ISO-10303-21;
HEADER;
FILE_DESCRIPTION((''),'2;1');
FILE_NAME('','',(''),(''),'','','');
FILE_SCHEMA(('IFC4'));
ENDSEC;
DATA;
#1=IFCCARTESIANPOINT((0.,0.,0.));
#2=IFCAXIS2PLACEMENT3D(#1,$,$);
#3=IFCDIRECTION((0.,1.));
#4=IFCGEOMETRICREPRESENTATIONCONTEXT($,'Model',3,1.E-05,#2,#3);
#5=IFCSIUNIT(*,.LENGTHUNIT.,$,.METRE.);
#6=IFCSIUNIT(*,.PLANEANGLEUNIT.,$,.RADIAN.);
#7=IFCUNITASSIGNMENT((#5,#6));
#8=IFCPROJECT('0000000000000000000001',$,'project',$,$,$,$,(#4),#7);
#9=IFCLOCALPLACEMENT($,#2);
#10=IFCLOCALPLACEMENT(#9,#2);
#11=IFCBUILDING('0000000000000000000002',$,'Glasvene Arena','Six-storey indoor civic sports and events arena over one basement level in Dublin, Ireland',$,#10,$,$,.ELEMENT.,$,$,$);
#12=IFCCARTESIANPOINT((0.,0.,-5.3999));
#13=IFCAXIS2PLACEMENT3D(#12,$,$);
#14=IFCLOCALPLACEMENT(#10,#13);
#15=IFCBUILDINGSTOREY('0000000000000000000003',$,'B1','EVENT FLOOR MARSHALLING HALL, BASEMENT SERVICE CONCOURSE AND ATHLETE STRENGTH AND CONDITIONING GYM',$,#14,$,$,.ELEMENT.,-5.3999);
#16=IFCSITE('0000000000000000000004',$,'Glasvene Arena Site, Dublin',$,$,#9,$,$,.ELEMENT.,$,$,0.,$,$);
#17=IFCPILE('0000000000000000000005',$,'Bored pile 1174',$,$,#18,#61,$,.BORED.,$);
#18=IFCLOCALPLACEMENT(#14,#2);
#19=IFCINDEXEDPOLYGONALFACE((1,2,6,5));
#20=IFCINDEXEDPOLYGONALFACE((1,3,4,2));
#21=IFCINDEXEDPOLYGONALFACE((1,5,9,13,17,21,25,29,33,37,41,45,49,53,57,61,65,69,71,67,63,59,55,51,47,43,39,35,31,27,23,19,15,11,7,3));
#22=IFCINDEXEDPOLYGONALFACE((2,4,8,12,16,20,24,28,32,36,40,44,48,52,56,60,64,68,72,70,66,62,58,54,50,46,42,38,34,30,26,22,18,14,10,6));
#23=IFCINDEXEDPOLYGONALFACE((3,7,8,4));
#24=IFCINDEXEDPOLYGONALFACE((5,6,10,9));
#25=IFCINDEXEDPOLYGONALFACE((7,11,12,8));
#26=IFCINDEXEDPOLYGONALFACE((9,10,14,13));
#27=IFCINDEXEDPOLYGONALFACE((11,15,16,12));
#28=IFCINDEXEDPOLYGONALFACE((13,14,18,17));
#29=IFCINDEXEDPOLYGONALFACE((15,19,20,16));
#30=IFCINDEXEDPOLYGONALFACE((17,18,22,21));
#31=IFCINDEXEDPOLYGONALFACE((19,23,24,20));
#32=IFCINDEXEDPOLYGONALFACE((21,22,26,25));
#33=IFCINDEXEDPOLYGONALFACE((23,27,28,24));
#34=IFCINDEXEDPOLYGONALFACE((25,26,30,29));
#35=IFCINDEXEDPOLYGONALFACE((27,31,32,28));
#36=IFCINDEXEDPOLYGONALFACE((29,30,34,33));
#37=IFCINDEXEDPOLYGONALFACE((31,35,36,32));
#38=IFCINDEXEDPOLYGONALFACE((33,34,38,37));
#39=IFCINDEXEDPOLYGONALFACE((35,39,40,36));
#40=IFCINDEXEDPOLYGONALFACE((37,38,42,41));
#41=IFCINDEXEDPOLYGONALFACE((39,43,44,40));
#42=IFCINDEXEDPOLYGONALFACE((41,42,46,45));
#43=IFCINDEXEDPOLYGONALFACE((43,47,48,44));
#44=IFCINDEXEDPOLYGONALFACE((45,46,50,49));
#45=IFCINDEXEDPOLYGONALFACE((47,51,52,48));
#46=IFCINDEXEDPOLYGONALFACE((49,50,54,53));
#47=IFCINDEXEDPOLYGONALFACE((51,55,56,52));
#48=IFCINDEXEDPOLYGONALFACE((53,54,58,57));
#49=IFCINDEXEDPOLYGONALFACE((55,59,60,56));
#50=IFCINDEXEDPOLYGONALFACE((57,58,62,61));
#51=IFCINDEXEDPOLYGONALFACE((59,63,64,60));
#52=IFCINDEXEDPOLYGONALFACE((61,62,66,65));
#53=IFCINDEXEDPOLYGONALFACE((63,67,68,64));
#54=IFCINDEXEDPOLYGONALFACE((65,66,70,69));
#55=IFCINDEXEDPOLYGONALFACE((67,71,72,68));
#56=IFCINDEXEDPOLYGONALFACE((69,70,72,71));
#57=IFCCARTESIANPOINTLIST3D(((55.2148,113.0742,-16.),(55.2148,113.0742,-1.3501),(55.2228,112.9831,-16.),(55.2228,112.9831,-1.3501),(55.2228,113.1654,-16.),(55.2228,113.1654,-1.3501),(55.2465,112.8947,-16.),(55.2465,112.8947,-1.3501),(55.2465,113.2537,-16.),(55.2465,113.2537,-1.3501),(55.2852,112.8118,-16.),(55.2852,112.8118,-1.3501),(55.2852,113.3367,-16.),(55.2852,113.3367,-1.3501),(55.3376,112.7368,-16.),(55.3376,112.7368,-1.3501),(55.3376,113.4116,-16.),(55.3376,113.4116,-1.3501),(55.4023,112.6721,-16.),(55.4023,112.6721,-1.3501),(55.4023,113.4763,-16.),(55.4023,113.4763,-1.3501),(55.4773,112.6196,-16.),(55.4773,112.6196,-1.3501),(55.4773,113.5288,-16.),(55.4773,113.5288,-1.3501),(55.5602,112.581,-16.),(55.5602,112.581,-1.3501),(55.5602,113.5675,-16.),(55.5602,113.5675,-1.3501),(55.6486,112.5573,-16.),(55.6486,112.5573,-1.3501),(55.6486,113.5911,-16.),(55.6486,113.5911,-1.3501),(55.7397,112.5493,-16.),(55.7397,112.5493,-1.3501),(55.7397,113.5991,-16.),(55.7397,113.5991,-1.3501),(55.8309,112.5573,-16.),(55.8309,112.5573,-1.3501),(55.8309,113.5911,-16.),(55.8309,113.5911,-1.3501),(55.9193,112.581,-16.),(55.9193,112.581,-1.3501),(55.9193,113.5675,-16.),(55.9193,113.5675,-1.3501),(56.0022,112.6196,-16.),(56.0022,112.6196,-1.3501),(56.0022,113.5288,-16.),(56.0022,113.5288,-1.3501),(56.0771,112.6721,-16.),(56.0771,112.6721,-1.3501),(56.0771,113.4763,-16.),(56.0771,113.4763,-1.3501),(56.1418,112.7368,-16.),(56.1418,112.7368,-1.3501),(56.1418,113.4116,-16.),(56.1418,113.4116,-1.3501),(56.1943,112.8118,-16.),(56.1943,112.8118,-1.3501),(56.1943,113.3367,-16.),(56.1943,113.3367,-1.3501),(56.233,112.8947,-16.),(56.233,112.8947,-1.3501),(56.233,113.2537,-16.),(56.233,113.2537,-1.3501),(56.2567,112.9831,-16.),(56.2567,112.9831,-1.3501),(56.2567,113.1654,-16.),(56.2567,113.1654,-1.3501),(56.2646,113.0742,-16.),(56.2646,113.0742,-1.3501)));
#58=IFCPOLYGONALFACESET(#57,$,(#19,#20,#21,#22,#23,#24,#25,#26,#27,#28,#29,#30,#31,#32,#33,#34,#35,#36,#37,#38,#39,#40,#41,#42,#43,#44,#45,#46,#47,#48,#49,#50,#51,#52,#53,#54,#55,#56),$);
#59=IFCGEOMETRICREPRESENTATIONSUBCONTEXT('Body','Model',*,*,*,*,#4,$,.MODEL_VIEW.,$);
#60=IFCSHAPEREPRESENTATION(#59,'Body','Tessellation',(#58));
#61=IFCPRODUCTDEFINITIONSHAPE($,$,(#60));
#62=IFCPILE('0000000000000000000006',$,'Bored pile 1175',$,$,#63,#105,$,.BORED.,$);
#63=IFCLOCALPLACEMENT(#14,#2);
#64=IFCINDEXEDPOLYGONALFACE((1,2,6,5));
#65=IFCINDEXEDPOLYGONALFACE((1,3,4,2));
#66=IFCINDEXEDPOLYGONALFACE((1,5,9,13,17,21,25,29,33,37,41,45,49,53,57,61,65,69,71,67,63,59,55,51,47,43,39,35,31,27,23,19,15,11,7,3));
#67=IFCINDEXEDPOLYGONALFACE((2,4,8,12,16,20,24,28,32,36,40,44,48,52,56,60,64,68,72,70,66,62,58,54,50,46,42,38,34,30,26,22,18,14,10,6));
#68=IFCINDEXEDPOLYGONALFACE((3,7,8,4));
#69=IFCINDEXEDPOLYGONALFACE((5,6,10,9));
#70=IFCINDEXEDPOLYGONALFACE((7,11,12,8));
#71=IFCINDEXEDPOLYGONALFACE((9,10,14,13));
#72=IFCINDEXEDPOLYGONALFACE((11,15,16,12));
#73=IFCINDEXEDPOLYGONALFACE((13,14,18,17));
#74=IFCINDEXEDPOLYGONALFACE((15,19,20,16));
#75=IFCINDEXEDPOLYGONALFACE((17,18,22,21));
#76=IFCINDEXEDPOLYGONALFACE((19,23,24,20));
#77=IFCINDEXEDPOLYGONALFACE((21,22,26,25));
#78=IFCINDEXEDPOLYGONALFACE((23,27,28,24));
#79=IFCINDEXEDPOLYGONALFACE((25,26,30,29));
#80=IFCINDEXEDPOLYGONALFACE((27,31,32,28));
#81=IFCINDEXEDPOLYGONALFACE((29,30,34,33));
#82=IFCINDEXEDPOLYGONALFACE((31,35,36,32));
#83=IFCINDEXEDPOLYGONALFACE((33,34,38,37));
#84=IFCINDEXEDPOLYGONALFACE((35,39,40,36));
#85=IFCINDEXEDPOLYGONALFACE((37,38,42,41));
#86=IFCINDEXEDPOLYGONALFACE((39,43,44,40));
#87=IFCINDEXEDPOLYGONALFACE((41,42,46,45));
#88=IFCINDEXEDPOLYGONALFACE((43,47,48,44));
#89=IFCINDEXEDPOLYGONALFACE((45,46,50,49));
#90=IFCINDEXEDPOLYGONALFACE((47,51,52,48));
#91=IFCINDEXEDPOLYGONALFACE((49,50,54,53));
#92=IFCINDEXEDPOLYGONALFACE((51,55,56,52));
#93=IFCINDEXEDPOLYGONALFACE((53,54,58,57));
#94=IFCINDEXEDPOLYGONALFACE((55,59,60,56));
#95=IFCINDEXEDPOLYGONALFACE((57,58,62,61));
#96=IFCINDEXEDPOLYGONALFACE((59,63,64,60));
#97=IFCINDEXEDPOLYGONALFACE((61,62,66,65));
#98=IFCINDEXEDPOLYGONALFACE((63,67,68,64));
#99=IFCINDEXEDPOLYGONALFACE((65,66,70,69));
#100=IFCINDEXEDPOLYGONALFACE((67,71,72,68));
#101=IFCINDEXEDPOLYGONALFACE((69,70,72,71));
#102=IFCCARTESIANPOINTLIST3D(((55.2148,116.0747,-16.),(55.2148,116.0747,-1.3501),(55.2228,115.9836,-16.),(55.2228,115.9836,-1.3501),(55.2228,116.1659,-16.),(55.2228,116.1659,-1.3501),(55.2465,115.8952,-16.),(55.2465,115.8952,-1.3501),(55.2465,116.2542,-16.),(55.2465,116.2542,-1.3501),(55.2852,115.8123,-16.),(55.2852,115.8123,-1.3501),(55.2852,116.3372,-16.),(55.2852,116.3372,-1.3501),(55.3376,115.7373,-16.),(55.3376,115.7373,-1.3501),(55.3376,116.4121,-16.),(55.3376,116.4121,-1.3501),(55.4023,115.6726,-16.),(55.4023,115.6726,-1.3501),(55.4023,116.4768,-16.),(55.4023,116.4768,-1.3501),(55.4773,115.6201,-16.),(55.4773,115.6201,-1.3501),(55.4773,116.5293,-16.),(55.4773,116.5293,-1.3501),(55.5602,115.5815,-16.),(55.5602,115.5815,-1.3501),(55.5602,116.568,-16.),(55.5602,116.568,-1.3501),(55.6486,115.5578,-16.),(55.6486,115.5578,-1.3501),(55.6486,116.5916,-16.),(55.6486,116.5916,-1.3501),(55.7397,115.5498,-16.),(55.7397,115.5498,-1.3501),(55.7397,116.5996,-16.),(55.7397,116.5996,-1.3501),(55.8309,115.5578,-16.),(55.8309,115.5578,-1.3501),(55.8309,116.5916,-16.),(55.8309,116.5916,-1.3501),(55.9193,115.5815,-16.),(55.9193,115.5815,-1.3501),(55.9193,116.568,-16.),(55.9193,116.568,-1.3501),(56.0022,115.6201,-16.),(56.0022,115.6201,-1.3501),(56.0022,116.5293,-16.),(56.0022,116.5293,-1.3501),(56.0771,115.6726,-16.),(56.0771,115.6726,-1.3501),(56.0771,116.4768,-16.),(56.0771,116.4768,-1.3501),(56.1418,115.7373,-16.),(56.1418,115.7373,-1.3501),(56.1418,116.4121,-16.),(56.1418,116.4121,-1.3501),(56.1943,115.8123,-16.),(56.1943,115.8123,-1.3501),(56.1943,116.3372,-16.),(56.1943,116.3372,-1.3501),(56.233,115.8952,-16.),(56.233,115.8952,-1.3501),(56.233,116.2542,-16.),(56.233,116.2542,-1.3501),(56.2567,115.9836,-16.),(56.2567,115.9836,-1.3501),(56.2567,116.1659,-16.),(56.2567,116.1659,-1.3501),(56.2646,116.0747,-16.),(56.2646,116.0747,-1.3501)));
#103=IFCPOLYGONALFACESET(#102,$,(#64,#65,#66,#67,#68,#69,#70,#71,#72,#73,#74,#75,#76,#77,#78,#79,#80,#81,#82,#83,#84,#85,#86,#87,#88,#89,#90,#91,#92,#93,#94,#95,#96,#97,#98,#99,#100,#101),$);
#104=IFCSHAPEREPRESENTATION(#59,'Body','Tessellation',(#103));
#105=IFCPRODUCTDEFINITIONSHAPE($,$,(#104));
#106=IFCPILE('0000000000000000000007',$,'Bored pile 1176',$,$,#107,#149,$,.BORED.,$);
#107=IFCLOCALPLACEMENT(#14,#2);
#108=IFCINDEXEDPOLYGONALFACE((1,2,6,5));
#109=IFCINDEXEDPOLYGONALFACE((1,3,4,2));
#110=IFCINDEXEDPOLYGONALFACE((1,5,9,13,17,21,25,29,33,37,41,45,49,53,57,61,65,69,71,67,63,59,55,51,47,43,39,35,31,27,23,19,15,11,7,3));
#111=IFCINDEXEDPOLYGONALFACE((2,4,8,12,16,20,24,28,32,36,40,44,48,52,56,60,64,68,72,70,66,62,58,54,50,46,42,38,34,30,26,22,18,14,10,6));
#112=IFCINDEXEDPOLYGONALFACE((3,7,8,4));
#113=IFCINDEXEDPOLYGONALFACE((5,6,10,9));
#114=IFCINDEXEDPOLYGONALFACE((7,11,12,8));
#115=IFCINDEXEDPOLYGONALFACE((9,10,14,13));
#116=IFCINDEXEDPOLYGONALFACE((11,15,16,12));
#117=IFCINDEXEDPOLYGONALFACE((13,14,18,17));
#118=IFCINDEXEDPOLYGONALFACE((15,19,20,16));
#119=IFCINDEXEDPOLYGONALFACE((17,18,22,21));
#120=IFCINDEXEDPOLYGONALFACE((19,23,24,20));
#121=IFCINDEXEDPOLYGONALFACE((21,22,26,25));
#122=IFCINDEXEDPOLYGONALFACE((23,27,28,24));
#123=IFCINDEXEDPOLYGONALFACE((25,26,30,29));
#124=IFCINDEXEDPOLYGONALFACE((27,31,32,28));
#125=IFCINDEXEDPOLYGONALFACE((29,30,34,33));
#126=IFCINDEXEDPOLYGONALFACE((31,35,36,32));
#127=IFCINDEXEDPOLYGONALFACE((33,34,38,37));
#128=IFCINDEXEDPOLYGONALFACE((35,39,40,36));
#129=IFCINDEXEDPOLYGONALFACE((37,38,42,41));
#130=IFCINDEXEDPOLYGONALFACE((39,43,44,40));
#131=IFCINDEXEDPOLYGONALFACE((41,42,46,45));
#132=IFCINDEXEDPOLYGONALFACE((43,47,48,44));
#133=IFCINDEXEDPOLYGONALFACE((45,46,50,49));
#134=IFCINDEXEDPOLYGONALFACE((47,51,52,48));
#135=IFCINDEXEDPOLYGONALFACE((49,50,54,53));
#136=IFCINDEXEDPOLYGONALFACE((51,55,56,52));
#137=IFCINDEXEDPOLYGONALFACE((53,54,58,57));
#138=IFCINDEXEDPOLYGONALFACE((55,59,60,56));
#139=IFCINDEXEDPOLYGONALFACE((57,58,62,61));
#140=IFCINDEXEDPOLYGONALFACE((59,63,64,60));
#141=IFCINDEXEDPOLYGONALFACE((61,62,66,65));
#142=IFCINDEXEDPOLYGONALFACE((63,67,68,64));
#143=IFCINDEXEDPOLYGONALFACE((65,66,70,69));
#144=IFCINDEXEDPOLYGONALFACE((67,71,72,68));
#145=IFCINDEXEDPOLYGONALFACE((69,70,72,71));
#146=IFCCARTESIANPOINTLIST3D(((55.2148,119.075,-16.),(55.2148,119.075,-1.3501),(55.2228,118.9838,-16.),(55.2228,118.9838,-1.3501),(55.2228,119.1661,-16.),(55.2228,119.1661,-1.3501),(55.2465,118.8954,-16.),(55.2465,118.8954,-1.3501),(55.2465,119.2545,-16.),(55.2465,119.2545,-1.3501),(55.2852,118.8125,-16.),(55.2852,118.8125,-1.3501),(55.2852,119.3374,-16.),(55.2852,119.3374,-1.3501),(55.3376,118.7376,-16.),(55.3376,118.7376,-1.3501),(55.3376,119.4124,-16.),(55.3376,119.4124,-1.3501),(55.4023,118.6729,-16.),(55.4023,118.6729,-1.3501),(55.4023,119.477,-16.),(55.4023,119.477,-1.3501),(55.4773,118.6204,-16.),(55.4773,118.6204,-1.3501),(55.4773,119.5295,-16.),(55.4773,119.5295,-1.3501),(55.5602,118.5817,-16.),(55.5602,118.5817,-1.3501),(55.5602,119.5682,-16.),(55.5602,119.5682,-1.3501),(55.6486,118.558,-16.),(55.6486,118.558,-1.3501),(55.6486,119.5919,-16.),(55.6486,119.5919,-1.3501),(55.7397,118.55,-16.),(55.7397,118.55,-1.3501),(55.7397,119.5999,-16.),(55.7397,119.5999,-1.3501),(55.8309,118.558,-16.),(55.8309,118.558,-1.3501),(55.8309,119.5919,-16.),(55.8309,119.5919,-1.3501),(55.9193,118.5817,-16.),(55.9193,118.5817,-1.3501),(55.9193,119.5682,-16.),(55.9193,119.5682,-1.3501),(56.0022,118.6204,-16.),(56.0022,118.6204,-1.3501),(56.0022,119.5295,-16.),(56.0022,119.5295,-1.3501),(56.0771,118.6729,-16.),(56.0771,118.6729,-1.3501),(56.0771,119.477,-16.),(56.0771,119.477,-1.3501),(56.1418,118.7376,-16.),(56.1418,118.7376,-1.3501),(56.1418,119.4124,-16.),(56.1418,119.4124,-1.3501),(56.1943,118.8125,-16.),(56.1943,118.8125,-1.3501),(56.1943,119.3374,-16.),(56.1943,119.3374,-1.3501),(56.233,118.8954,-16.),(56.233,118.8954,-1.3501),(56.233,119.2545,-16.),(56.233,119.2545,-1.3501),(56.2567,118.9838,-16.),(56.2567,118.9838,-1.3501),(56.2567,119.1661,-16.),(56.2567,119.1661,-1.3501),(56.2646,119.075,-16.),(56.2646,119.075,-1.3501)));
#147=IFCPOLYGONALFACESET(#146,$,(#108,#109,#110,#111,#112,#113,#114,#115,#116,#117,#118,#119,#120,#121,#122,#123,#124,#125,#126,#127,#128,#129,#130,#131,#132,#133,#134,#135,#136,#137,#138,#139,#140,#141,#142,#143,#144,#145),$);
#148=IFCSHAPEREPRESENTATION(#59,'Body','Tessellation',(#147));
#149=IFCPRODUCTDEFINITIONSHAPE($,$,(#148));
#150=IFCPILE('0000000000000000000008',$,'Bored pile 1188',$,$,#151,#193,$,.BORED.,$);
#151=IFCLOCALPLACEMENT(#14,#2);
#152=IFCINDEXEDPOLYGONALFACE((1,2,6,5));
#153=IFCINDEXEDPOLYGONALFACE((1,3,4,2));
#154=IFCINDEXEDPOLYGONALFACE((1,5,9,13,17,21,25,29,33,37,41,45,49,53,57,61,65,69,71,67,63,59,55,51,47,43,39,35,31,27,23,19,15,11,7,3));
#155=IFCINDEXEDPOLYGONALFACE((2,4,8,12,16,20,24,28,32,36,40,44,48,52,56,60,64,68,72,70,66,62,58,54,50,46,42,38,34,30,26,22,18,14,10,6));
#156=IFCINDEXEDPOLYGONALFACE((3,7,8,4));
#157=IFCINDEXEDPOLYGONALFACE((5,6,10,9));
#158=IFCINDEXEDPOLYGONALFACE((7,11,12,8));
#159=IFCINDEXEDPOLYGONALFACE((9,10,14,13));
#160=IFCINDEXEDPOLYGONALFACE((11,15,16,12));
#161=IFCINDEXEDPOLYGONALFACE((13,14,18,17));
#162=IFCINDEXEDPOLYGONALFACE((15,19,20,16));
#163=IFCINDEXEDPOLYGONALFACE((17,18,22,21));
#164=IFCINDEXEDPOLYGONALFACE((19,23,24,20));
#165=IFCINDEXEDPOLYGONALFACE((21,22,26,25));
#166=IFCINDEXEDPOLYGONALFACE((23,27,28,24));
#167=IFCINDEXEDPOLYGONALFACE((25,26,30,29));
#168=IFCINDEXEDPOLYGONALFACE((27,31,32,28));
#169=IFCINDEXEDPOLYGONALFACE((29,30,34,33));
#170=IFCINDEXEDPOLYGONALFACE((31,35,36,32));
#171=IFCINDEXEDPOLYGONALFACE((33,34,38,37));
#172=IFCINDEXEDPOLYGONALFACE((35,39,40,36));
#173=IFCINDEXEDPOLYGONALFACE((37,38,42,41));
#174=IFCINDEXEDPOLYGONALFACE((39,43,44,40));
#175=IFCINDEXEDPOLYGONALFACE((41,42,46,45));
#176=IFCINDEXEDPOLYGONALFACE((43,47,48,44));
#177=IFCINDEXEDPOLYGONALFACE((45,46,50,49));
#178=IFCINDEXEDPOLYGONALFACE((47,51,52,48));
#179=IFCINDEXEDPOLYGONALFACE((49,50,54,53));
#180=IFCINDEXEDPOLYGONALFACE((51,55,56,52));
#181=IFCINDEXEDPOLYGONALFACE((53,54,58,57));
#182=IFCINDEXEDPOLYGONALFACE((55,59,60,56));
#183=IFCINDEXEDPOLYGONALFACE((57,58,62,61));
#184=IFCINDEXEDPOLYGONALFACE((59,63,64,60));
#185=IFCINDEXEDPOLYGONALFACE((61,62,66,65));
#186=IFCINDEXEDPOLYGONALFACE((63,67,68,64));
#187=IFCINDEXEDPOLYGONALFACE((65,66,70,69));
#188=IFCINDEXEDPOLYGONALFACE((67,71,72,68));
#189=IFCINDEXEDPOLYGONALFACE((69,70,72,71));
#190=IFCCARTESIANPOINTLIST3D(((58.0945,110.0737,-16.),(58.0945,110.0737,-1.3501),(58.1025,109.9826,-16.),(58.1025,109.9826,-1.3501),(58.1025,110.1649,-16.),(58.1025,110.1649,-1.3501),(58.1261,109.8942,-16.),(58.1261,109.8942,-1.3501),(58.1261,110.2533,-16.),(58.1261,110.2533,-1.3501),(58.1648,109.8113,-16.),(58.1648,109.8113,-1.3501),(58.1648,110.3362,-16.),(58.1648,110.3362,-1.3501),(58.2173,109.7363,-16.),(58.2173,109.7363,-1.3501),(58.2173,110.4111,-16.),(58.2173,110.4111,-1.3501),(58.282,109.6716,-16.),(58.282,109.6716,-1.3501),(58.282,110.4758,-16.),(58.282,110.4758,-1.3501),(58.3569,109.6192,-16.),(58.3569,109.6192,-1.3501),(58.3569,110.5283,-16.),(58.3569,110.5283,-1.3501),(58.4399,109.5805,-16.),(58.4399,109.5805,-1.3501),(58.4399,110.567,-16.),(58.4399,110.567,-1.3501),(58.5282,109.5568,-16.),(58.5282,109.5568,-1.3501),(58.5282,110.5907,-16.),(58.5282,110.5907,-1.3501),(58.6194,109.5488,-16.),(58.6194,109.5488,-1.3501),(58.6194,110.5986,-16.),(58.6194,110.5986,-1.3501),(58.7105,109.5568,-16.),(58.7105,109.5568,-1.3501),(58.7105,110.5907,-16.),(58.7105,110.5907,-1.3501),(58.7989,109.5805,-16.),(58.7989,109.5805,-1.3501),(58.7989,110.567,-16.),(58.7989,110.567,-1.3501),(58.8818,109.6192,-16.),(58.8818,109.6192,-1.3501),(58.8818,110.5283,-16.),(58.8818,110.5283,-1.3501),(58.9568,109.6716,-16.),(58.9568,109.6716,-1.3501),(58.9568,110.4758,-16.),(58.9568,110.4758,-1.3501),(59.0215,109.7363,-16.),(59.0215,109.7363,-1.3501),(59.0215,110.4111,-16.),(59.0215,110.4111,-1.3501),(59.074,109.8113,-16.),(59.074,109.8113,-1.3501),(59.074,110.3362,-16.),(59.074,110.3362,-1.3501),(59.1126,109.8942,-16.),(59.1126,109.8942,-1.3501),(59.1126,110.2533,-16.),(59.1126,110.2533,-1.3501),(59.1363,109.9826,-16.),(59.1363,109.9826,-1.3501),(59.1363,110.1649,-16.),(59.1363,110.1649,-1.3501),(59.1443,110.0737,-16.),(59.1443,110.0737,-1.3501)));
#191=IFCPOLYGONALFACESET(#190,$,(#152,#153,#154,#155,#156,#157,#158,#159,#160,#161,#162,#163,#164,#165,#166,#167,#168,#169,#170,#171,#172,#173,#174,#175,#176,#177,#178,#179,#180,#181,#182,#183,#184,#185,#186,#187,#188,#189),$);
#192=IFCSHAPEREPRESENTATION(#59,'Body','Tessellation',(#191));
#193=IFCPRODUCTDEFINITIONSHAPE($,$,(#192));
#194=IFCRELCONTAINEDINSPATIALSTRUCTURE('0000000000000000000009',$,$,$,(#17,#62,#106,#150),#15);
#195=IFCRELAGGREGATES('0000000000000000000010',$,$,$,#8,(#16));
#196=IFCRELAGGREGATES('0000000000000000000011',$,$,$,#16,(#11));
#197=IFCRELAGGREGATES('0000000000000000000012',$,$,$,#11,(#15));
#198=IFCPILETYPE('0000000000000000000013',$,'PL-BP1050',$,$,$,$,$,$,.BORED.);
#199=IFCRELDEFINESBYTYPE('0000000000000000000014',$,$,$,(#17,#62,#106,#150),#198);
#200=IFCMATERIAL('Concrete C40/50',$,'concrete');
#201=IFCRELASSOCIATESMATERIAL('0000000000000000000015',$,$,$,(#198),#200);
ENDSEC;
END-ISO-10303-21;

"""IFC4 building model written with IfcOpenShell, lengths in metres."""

from ifc_helpers import new_model, si_unit, direction, frame, origin, origin_2d, place, context, subcontext, project, spatial, circle, extrude, material, material_profile, profile_set, type_object, element, save


model = new_model("IFC4")

# Units and contexts
model_context = context("Model", 3, precision=1e-05, world=origin(), true_north=direction((0.0, 1.0)))
body_context = subcontext(model_context, "Body", "Model", "MODEL_VIEW")
ifc_project = project(units=[si_unit("LENGTHUNIT", "METRE"), si_unit("PLANEANGLEUNIT", "RADIAN")], contexts=[model_context])

# Site, building, storey
site_placement = place(None, origin())
site = spatial("IfcSite", under=ifc_project, at=site_placement, Name="Glasvene Arena Site, Dublin", CompositionType="ELEMENT", RefElevation=0.0)
building_placement = place(site_placement, origin())
building = spatial("IfcBuilding", under=site, at=building_placement, Name="Glasvene Arena", Description="Six-storey indoor civic sports and events arena over one basement level in Dublin, Ireland", CompositionType="ELEMENT")
storey_placement = place(building_placement, frame((0.0, 0.0, -5.3999)))
storey = spatial("IfcBuildingStorey", under=building, at=storey_placement, Name="B1", Description="EVENT FLOOR MARSHALLING HALL, BASEMENT SERVICE CONCOURSE AND ATHLETE STRENGTH AND CONDITIONING GYM", CompositionType="ELEMENT", Elevation=-5.3999)

# Piles
ifc_material = material(Name="Concrete C40/50", Category="concrete")
ifc_material_profile_1 = material_profile(ifc_material, circle(Radius=0.5249, at=origin_2d()), Name="BORED PILE 1050")
ifc_profile_set_1 = profile_set([ifc_material_profile_1], Name="Concrete C40/50")
pile_type = type_object("IfcPileType", Name="PL-BP1050", PredefinedType="BORED", material=ifc_profile_set_1)
for number, where, z_axis, x_axis, name in (
    (1, (55.7397, 113.0742, -1.3501), (0.0, 0.0, -1.0), (1.0, 0.0, 0.0), "Bored pile 1174"),
    (2, (55.7397, 116.0747, -1.3501), (0.0, 0.0, -1.0), (1.0, 0.0, 0.0), "Bored pile 1175"),
    (3, (55.7397, 119.075, -1.3501), (0.0, 0.0, -1.0), (1.0, 0.0, 0.0), "Bored pile 1176"),
    (4, (58.6194, 110.0737, -1.3501), (0.0, 0.0, -1.0), (1.0, 0.0, 0.0), "Bored pile 1188"),
):
    element("IfcPile", number, at=place(storey_placement, frame(where, z_axis=z_axis, x_axis=x_axis)), inside=storey, type_object=pile_type, Name=name, PredefinedType="BORED", context=body_context, shape_type="SweptSolid", body=[
        extrude(circle(Radius=0.5249, at=origin_2d()), origin(), (0.0, 0.0, 1.0), 14.6499),
    ])

save(model, "model.ifc")
